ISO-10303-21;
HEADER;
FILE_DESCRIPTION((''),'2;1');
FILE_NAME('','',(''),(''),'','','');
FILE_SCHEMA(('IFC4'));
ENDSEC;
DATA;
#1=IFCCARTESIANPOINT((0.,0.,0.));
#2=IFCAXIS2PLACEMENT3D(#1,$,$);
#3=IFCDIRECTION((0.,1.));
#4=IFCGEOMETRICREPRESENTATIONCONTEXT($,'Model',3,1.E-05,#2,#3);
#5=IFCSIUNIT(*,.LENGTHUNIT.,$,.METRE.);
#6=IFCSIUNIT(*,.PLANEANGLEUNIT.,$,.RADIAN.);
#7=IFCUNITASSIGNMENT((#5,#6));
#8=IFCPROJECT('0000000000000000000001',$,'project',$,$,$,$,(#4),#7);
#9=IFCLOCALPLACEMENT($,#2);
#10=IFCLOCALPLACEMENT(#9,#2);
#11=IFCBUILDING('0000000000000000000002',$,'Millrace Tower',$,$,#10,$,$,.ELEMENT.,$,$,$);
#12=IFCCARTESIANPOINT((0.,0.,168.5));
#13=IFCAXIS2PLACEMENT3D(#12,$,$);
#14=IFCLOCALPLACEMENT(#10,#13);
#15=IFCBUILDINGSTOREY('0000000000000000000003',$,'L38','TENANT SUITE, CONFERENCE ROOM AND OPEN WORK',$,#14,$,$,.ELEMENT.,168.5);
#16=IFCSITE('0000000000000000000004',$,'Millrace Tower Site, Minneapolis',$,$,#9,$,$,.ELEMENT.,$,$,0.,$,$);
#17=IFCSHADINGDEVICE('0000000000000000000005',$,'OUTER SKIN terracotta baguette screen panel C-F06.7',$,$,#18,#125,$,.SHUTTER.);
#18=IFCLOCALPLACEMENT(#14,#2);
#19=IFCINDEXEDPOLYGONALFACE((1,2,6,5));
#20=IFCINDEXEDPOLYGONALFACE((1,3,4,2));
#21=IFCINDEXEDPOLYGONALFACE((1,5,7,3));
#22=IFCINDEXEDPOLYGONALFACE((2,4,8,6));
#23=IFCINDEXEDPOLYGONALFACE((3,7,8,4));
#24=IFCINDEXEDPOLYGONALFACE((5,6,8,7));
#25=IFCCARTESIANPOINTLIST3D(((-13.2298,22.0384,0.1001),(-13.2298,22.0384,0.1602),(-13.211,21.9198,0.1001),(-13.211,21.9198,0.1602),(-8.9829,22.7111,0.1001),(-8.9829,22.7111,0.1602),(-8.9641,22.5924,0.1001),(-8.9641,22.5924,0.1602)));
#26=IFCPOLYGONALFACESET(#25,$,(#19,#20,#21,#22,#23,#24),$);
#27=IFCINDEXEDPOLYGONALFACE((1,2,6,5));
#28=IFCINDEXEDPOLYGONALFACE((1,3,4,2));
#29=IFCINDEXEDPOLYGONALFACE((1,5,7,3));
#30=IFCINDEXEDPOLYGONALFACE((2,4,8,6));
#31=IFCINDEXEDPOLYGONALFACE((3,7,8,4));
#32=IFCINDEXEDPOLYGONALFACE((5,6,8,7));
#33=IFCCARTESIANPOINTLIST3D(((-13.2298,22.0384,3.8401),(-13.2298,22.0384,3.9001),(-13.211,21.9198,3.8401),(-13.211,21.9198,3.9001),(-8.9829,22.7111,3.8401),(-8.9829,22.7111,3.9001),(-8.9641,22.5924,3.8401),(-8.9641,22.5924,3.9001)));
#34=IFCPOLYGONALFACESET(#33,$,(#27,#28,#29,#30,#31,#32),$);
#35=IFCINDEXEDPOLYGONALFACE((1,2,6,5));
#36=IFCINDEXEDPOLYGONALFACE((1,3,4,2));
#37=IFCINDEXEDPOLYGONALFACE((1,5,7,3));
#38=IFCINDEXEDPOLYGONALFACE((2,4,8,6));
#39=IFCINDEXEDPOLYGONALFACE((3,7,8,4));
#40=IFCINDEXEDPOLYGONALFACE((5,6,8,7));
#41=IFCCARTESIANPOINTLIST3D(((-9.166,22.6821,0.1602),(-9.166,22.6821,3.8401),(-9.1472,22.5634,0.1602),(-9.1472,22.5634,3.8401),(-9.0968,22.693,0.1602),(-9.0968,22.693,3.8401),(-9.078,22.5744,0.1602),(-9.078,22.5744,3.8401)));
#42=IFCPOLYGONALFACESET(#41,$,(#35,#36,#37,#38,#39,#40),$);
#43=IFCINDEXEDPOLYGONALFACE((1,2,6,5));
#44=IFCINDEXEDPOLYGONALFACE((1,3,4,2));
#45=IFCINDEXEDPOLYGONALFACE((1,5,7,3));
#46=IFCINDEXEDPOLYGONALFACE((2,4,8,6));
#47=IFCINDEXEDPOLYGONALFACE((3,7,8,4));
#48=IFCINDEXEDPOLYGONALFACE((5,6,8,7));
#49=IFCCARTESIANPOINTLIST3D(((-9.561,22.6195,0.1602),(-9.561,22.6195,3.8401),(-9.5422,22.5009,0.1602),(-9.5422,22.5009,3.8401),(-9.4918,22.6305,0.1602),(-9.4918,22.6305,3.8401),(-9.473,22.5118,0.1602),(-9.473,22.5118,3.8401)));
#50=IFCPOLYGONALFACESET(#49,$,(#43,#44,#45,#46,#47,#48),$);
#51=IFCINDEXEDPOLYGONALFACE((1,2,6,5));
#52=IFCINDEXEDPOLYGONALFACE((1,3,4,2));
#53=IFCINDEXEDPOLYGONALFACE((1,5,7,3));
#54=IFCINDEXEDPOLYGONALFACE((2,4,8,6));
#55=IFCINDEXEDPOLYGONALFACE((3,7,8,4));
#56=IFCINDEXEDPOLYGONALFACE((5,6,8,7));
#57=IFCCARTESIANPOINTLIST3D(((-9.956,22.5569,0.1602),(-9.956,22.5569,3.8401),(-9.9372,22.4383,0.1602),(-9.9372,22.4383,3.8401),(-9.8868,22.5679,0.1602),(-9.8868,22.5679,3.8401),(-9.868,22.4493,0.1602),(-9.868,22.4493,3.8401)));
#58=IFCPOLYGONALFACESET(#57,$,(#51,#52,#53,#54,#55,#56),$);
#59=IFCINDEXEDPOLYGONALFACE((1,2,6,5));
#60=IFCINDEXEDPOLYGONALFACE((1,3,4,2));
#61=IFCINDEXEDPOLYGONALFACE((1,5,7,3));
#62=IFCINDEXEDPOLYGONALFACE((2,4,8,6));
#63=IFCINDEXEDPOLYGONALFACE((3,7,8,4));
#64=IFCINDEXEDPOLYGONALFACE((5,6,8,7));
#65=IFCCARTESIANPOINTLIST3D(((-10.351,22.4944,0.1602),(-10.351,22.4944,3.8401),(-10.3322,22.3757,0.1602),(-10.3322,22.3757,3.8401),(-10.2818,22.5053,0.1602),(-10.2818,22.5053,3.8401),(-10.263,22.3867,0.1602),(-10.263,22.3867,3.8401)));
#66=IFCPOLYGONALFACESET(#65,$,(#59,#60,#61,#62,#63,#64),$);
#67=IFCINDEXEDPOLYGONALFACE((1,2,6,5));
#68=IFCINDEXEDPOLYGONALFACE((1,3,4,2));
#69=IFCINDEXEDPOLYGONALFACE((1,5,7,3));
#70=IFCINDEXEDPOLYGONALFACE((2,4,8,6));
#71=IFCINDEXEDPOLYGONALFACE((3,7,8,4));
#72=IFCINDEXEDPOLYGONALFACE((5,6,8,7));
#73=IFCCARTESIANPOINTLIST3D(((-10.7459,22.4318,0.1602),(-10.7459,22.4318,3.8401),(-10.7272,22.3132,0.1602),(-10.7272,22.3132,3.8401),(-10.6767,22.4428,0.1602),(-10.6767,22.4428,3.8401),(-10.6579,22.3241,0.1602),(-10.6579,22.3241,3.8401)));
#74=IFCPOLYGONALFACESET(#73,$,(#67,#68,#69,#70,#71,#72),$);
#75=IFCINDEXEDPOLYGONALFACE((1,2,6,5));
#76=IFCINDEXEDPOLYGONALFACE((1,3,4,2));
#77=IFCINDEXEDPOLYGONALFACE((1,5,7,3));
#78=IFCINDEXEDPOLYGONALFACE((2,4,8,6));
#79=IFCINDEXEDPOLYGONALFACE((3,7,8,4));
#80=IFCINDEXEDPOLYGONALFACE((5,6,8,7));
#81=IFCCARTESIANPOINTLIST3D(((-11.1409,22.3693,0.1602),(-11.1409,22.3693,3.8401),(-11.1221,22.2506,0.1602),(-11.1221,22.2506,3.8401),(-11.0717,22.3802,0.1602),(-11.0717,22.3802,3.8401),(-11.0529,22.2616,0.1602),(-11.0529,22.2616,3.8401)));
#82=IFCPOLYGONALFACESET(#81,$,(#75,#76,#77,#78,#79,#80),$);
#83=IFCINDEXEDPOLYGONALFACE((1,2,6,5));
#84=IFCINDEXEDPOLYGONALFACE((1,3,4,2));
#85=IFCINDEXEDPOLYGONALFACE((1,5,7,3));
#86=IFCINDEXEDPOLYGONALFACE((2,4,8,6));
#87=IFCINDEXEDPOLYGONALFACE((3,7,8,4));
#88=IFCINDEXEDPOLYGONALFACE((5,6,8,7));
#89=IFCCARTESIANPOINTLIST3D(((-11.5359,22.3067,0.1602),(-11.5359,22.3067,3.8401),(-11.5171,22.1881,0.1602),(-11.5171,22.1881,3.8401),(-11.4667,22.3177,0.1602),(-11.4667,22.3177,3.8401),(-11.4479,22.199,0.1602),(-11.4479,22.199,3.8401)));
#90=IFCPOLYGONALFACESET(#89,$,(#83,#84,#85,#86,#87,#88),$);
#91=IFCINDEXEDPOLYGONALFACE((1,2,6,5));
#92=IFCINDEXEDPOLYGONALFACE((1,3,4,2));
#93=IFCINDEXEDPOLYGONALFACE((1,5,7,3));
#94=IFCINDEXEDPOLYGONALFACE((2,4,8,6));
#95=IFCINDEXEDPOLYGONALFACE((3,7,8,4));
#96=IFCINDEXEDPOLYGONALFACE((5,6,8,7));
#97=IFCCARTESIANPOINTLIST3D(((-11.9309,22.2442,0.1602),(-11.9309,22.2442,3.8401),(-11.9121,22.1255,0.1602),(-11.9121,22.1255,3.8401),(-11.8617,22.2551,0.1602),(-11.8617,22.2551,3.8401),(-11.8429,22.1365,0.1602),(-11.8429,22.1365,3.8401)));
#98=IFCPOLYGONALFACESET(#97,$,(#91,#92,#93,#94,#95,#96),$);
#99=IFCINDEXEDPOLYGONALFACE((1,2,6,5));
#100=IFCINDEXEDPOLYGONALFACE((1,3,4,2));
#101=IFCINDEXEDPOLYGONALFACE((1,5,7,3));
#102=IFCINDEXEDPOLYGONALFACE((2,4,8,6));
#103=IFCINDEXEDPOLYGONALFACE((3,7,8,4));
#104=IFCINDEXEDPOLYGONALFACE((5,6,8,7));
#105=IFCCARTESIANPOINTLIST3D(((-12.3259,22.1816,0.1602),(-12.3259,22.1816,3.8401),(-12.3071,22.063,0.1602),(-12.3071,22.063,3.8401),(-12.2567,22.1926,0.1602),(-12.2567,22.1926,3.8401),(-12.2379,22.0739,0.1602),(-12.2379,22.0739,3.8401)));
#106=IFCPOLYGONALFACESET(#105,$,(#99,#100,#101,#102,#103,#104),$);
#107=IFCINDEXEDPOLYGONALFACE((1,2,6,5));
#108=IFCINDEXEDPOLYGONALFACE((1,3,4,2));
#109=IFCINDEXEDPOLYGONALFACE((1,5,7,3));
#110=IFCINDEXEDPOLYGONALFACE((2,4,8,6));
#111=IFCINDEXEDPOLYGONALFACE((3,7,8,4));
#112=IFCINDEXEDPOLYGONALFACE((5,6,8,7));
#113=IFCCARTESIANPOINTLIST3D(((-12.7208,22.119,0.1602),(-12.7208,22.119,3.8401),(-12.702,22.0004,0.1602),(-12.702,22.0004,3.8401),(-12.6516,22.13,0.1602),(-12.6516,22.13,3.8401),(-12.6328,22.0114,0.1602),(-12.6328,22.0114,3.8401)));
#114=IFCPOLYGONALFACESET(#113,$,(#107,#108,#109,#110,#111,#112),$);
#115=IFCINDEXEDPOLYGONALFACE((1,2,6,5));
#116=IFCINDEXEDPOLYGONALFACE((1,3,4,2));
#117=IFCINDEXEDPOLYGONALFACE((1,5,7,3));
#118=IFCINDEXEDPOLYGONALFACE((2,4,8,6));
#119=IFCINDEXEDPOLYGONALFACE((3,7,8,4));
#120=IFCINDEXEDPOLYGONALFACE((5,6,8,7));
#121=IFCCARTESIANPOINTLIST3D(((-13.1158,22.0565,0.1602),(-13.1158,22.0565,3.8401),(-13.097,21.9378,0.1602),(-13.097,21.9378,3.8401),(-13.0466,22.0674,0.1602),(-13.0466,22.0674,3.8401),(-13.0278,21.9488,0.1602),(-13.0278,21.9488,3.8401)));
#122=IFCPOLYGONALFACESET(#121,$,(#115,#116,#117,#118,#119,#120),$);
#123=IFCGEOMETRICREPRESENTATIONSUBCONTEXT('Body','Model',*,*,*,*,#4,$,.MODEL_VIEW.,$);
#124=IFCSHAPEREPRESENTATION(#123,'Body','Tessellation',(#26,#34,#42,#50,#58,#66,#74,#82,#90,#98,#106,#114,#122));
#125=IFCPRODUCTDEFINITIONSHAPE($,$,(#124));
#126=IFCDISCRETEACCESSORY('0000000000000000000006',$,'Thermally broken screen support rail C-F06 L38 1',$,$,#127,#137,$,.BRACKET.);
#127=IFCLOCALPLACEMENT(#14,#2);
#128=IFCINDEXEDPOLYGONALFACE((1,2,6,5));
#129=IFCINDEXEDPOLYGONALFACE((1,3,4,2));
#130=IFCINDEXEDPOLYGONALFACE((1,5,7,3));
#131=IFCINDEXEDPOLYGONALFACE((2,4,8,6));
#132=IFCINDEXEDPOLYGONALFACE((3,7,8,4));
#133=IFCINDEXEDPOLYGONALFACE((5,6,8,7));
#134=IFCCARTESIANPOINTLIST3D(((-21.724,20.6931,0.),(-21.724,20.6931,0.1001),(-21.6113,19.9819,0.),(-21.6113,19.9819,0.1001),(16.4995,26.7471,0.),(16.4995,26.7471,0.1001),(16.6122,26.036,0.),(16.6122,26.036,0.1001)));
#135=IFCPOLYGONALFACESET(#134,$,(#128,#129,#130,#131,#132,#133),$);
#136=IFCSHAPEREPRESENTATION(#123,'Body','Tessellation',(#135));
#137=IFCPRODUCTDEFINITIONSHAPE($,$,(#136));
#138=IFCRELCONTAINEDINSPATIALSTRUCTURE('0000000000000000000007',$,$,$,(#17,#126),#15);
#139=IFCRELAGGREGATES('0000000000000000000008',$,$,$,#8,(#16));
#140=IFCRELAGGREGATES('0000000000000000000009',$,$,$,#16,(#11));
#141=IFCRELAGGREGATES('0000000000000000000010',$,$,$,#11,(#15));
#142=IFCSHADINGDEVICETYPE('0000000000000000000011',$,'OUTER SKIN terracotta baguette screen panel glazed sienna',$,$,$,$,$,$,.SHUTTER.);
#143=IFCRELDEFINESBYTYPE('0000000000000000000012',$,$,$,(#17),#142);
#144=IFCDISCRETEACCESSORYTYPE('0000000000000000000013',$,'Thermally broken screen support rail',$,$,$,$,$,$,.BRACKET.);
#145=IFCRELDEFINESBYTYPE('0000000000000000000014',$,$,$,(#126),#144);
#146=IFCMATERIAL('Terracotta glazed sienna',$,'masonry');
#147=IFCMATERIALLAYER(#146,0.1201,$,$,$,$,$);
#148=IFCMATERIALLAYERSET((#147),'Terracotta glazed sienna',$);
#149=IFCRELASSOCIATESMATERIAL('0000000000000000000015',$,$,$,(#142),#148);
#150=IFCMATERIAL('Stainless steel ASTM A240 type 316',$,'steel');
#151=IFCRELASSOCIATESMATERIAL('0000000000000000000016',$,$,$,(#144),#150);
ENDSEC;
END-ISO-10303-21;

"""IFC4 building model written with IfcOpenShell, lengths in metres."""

from ifc_helpers import new_model, entity, si_unit, direction, frame, frame_2d, origin, origin_2d, place, context, subcontext, project, spatial, rectangle, extrude, source, transform, mapped, material, layer, layer_set, type_object, element, save


model = new_model("IFC4")

# Units and contexts
model_context = context("Model", 3, precision=1e-05, world=origin(), true_north=direction((0.0, 1.0)))
body_context = subcontext(model_context, "Body", "Model", "MODEL_VIEW")
ifc_project = project(units=[si_unit("LENGTHUNIT", "METRE"), si_unit("PLANEANGLEUNIT", "RADIAN")], contexts=[model_context])

# Site, building, storey
site_placement = place(None, origin())
site = spatial("IfcSite", under=ifc_project, at=site_placement, Name="Millrace Tower Site, Minneapolis", CompositionType="ELEMENT", RefElevation=0.0)
building_placement = place(site_placement, origin())
building = spatial("IfcBuilding", under=site, at=building_placement, Name="Millrace Tower", CompositionType="ELEMENT")
storey_placement = place(building_placement, frame((0.0, 0.0, 168.5)))
storey = spatial("IfcBuildingStorey", under=building, at=storey_placement, Name="L38", Description="TENANT SUITE, CONFERENCE ROOM AND OPEN WORK", CompositionType="ELEMENT", Elevation=168.5)

# Shading device
ifc_material_1 = material(Name="Terracotta glazed sienna", Category="masonry")
ifc_layer_1 = layer(ifc_material_1, 0.1201)
ifc_layer_set_1 = layer_set([ifc_layer_1], Name="Terracotta glazed sienna")
shading_device_type = type_object("IfcShadingDeviceType", Name="OUTER SKIN terracotta baguette screen panel glazed sienna", PredefinedType="SHUTTER", material=ifc_layer_set_1)
cartesian_point = entity("IfcCartesianPoint", [-2.1499, 0.0601])
shared_polyline = entity("IfcPolyline", [cartesian_point, entity("IfcCartesianPoint", [2.1499, 0.0601]), entity("IfcCartesianPoint", [2.1499, -0.0601]), entity("IfcCartesianPoint", [-2.1499, -0.0601]), cartesian_point])
shared_shape = source(origin(), body_context, "Body", "SweptSolid", [
    entity("IfcExtrudedAreaSolid", entity("IfcArbitraryClosedProfileDef", "AREA", None, shared_polyline), entity("IfcAxis2Placement3D", entity("IfcCartesianPoint", [0.0, 0.0, 0.0])), entity("IfcDirection", [0.0, 0.0, 1.0]), 0.0601),
    entity("IfcExtrudedAreaSolid", entity("IfcArbitraryClosedProfileDef", "AREA", None, shared_polyline), entity("IfcAxis2Placement3D", entity("IfcCartesianPoint", [0.0, 0.0, 3.74])), entity("IfcDirection", [0.0, 0.0, 1.0]), 0.0601),
    extrude(rectangle(XDim=0.0701, YDim=0.1201, at=frame_2d((-1.9995, 0.0))), frame((0.0, 0.0, 0.0601)), (0.0, 0.0, 1.0), 3.6799),
    extrude(rectangle(XDim=0.0701, YDim=0.1201, at=frame_2d((-1.5996, 0.0))), frame((0.0, 0.0, 0.0601)), (0.0, 0.0, 1.0), 3.6799),
    extrude(rectangle(XDim=0.0701, YDim=0.1201, at=frame_2d((-1.1997, 0.0))), frame((0.0, 0.0, 0.0601)), (0.0, 0.0, 1.0), 3.6799),
    extrude(rectangle(XDim=0.0701, YDim=0.1201, at=frame_2d((-0.7998, 0.0))), frame((0.0, 0.0, 0.0601)), (0.0, 0.0, 1.0), 3.6799),
    extrude(rectangle(XDim=0.0701, YDim=0.1201, at=frame_2d((-0.3999, 0.0))), frame((0.0, 0.0, 0.0601)), (0.0, 0.0, 1.0), 3.6799),
    extrude(rectangle(XDim=0.0701, YDim=0.1201, at=origin_2d()), frame((0.0, 0.0, 0.0601)), (0.0, 0.0, 1.0), 3.6799),
    extrude(rectangle(XDim=0.0701, YDim=0.1201, at=frame_2d((0.3999, 0.0))), frame((0.0, 0.0, 0.0601)), (0.0, 0.0, 1.0), 3.6799),
    extrude(rectangle(XDim=0.0701, YDim=0.1201, at=frame_2d((0.7998, 0.0))), frame((0.0, 0.0, 0.0601)), (0.0, 0.0, 1.0), 3.6799),
    extrude(rectangle(XDim=0.0701, YDim=0.1201, at=frame_2d((1.1997, 0.0))), frame((0.0, 0.0, 0.0601)), (0.0, 0.0, 1.0), 3.6799),
    extrude(rectangle(XDim=0.0701, YDim=0.1201, at=frame_2d((1.5996, 0.0))), frame((0.0, 0.0, 0.0601)), (0.0, 0.0, 1.0), 3.6799),
    extrude(rectangle(XDim=0.0701, YDim=0.1201, at=frame_2d((1.9995, 0.0))), frame((0.0, 0.0, 0.0601)), (0.0, 0.0, 1.0), 3.6799),
])
for number, where, z_axis, x_axis, name in (
    (1, (-11.0969, 22.3154, 0.1001), (0.0, 0.0, 1.0), (-0.987688, -0.156434, 0.0), "OUTER SKIN terracotta baguette screen panel C-F06.7"),
):
    element("IfcShadingDevice", number, at=place(storey_placement, frame(where, z_axis=z_axis, x_axis=x_axis)), inside=storey, type_object=shading_device_type, Name=name, PredefinedType="SHUTTER", context=body_context, shape_type="MappedRepresentation", body=[
        mapped(shared_shape, transform((0.0, 0.0, 0.0), scale=1.0)),
    ])

# Discrete accessory
ifc_material_2 = material(Name="Stainless steel ASTM A240 type 316", Category="steel")
discrete_accessory_type = type_object("IfcDiscreteAccessoryType", Name="Thermally broken screen support rail", PredefinedType="BRACKET", material=ifc_material_2)
discrete_accessory_placement = place(storey_placement, frame((-2.5559, 23.3645, 0.0), z_axis=(0.0, 0.0, 1.0), x_axis=(-0.987688, -0.156434, 0.0)))
element("IfcDiscreteAccessory", 2, at=discrete_accessory_placement, inside=storey, type_object=discrete_accessory_type, Name="Thermally broken screen support rail C-F06 L38 1", PredefinedType="BRACKET", context=body_context, shape_type="SweptSolid", body=[
    extrude(rectangle(XDim=38.7, YDim=0.72, at=origin_2d()), origin(), (0.0, 0.0, 1.0), 0.1001),
])

save(model, "model.ifc")
